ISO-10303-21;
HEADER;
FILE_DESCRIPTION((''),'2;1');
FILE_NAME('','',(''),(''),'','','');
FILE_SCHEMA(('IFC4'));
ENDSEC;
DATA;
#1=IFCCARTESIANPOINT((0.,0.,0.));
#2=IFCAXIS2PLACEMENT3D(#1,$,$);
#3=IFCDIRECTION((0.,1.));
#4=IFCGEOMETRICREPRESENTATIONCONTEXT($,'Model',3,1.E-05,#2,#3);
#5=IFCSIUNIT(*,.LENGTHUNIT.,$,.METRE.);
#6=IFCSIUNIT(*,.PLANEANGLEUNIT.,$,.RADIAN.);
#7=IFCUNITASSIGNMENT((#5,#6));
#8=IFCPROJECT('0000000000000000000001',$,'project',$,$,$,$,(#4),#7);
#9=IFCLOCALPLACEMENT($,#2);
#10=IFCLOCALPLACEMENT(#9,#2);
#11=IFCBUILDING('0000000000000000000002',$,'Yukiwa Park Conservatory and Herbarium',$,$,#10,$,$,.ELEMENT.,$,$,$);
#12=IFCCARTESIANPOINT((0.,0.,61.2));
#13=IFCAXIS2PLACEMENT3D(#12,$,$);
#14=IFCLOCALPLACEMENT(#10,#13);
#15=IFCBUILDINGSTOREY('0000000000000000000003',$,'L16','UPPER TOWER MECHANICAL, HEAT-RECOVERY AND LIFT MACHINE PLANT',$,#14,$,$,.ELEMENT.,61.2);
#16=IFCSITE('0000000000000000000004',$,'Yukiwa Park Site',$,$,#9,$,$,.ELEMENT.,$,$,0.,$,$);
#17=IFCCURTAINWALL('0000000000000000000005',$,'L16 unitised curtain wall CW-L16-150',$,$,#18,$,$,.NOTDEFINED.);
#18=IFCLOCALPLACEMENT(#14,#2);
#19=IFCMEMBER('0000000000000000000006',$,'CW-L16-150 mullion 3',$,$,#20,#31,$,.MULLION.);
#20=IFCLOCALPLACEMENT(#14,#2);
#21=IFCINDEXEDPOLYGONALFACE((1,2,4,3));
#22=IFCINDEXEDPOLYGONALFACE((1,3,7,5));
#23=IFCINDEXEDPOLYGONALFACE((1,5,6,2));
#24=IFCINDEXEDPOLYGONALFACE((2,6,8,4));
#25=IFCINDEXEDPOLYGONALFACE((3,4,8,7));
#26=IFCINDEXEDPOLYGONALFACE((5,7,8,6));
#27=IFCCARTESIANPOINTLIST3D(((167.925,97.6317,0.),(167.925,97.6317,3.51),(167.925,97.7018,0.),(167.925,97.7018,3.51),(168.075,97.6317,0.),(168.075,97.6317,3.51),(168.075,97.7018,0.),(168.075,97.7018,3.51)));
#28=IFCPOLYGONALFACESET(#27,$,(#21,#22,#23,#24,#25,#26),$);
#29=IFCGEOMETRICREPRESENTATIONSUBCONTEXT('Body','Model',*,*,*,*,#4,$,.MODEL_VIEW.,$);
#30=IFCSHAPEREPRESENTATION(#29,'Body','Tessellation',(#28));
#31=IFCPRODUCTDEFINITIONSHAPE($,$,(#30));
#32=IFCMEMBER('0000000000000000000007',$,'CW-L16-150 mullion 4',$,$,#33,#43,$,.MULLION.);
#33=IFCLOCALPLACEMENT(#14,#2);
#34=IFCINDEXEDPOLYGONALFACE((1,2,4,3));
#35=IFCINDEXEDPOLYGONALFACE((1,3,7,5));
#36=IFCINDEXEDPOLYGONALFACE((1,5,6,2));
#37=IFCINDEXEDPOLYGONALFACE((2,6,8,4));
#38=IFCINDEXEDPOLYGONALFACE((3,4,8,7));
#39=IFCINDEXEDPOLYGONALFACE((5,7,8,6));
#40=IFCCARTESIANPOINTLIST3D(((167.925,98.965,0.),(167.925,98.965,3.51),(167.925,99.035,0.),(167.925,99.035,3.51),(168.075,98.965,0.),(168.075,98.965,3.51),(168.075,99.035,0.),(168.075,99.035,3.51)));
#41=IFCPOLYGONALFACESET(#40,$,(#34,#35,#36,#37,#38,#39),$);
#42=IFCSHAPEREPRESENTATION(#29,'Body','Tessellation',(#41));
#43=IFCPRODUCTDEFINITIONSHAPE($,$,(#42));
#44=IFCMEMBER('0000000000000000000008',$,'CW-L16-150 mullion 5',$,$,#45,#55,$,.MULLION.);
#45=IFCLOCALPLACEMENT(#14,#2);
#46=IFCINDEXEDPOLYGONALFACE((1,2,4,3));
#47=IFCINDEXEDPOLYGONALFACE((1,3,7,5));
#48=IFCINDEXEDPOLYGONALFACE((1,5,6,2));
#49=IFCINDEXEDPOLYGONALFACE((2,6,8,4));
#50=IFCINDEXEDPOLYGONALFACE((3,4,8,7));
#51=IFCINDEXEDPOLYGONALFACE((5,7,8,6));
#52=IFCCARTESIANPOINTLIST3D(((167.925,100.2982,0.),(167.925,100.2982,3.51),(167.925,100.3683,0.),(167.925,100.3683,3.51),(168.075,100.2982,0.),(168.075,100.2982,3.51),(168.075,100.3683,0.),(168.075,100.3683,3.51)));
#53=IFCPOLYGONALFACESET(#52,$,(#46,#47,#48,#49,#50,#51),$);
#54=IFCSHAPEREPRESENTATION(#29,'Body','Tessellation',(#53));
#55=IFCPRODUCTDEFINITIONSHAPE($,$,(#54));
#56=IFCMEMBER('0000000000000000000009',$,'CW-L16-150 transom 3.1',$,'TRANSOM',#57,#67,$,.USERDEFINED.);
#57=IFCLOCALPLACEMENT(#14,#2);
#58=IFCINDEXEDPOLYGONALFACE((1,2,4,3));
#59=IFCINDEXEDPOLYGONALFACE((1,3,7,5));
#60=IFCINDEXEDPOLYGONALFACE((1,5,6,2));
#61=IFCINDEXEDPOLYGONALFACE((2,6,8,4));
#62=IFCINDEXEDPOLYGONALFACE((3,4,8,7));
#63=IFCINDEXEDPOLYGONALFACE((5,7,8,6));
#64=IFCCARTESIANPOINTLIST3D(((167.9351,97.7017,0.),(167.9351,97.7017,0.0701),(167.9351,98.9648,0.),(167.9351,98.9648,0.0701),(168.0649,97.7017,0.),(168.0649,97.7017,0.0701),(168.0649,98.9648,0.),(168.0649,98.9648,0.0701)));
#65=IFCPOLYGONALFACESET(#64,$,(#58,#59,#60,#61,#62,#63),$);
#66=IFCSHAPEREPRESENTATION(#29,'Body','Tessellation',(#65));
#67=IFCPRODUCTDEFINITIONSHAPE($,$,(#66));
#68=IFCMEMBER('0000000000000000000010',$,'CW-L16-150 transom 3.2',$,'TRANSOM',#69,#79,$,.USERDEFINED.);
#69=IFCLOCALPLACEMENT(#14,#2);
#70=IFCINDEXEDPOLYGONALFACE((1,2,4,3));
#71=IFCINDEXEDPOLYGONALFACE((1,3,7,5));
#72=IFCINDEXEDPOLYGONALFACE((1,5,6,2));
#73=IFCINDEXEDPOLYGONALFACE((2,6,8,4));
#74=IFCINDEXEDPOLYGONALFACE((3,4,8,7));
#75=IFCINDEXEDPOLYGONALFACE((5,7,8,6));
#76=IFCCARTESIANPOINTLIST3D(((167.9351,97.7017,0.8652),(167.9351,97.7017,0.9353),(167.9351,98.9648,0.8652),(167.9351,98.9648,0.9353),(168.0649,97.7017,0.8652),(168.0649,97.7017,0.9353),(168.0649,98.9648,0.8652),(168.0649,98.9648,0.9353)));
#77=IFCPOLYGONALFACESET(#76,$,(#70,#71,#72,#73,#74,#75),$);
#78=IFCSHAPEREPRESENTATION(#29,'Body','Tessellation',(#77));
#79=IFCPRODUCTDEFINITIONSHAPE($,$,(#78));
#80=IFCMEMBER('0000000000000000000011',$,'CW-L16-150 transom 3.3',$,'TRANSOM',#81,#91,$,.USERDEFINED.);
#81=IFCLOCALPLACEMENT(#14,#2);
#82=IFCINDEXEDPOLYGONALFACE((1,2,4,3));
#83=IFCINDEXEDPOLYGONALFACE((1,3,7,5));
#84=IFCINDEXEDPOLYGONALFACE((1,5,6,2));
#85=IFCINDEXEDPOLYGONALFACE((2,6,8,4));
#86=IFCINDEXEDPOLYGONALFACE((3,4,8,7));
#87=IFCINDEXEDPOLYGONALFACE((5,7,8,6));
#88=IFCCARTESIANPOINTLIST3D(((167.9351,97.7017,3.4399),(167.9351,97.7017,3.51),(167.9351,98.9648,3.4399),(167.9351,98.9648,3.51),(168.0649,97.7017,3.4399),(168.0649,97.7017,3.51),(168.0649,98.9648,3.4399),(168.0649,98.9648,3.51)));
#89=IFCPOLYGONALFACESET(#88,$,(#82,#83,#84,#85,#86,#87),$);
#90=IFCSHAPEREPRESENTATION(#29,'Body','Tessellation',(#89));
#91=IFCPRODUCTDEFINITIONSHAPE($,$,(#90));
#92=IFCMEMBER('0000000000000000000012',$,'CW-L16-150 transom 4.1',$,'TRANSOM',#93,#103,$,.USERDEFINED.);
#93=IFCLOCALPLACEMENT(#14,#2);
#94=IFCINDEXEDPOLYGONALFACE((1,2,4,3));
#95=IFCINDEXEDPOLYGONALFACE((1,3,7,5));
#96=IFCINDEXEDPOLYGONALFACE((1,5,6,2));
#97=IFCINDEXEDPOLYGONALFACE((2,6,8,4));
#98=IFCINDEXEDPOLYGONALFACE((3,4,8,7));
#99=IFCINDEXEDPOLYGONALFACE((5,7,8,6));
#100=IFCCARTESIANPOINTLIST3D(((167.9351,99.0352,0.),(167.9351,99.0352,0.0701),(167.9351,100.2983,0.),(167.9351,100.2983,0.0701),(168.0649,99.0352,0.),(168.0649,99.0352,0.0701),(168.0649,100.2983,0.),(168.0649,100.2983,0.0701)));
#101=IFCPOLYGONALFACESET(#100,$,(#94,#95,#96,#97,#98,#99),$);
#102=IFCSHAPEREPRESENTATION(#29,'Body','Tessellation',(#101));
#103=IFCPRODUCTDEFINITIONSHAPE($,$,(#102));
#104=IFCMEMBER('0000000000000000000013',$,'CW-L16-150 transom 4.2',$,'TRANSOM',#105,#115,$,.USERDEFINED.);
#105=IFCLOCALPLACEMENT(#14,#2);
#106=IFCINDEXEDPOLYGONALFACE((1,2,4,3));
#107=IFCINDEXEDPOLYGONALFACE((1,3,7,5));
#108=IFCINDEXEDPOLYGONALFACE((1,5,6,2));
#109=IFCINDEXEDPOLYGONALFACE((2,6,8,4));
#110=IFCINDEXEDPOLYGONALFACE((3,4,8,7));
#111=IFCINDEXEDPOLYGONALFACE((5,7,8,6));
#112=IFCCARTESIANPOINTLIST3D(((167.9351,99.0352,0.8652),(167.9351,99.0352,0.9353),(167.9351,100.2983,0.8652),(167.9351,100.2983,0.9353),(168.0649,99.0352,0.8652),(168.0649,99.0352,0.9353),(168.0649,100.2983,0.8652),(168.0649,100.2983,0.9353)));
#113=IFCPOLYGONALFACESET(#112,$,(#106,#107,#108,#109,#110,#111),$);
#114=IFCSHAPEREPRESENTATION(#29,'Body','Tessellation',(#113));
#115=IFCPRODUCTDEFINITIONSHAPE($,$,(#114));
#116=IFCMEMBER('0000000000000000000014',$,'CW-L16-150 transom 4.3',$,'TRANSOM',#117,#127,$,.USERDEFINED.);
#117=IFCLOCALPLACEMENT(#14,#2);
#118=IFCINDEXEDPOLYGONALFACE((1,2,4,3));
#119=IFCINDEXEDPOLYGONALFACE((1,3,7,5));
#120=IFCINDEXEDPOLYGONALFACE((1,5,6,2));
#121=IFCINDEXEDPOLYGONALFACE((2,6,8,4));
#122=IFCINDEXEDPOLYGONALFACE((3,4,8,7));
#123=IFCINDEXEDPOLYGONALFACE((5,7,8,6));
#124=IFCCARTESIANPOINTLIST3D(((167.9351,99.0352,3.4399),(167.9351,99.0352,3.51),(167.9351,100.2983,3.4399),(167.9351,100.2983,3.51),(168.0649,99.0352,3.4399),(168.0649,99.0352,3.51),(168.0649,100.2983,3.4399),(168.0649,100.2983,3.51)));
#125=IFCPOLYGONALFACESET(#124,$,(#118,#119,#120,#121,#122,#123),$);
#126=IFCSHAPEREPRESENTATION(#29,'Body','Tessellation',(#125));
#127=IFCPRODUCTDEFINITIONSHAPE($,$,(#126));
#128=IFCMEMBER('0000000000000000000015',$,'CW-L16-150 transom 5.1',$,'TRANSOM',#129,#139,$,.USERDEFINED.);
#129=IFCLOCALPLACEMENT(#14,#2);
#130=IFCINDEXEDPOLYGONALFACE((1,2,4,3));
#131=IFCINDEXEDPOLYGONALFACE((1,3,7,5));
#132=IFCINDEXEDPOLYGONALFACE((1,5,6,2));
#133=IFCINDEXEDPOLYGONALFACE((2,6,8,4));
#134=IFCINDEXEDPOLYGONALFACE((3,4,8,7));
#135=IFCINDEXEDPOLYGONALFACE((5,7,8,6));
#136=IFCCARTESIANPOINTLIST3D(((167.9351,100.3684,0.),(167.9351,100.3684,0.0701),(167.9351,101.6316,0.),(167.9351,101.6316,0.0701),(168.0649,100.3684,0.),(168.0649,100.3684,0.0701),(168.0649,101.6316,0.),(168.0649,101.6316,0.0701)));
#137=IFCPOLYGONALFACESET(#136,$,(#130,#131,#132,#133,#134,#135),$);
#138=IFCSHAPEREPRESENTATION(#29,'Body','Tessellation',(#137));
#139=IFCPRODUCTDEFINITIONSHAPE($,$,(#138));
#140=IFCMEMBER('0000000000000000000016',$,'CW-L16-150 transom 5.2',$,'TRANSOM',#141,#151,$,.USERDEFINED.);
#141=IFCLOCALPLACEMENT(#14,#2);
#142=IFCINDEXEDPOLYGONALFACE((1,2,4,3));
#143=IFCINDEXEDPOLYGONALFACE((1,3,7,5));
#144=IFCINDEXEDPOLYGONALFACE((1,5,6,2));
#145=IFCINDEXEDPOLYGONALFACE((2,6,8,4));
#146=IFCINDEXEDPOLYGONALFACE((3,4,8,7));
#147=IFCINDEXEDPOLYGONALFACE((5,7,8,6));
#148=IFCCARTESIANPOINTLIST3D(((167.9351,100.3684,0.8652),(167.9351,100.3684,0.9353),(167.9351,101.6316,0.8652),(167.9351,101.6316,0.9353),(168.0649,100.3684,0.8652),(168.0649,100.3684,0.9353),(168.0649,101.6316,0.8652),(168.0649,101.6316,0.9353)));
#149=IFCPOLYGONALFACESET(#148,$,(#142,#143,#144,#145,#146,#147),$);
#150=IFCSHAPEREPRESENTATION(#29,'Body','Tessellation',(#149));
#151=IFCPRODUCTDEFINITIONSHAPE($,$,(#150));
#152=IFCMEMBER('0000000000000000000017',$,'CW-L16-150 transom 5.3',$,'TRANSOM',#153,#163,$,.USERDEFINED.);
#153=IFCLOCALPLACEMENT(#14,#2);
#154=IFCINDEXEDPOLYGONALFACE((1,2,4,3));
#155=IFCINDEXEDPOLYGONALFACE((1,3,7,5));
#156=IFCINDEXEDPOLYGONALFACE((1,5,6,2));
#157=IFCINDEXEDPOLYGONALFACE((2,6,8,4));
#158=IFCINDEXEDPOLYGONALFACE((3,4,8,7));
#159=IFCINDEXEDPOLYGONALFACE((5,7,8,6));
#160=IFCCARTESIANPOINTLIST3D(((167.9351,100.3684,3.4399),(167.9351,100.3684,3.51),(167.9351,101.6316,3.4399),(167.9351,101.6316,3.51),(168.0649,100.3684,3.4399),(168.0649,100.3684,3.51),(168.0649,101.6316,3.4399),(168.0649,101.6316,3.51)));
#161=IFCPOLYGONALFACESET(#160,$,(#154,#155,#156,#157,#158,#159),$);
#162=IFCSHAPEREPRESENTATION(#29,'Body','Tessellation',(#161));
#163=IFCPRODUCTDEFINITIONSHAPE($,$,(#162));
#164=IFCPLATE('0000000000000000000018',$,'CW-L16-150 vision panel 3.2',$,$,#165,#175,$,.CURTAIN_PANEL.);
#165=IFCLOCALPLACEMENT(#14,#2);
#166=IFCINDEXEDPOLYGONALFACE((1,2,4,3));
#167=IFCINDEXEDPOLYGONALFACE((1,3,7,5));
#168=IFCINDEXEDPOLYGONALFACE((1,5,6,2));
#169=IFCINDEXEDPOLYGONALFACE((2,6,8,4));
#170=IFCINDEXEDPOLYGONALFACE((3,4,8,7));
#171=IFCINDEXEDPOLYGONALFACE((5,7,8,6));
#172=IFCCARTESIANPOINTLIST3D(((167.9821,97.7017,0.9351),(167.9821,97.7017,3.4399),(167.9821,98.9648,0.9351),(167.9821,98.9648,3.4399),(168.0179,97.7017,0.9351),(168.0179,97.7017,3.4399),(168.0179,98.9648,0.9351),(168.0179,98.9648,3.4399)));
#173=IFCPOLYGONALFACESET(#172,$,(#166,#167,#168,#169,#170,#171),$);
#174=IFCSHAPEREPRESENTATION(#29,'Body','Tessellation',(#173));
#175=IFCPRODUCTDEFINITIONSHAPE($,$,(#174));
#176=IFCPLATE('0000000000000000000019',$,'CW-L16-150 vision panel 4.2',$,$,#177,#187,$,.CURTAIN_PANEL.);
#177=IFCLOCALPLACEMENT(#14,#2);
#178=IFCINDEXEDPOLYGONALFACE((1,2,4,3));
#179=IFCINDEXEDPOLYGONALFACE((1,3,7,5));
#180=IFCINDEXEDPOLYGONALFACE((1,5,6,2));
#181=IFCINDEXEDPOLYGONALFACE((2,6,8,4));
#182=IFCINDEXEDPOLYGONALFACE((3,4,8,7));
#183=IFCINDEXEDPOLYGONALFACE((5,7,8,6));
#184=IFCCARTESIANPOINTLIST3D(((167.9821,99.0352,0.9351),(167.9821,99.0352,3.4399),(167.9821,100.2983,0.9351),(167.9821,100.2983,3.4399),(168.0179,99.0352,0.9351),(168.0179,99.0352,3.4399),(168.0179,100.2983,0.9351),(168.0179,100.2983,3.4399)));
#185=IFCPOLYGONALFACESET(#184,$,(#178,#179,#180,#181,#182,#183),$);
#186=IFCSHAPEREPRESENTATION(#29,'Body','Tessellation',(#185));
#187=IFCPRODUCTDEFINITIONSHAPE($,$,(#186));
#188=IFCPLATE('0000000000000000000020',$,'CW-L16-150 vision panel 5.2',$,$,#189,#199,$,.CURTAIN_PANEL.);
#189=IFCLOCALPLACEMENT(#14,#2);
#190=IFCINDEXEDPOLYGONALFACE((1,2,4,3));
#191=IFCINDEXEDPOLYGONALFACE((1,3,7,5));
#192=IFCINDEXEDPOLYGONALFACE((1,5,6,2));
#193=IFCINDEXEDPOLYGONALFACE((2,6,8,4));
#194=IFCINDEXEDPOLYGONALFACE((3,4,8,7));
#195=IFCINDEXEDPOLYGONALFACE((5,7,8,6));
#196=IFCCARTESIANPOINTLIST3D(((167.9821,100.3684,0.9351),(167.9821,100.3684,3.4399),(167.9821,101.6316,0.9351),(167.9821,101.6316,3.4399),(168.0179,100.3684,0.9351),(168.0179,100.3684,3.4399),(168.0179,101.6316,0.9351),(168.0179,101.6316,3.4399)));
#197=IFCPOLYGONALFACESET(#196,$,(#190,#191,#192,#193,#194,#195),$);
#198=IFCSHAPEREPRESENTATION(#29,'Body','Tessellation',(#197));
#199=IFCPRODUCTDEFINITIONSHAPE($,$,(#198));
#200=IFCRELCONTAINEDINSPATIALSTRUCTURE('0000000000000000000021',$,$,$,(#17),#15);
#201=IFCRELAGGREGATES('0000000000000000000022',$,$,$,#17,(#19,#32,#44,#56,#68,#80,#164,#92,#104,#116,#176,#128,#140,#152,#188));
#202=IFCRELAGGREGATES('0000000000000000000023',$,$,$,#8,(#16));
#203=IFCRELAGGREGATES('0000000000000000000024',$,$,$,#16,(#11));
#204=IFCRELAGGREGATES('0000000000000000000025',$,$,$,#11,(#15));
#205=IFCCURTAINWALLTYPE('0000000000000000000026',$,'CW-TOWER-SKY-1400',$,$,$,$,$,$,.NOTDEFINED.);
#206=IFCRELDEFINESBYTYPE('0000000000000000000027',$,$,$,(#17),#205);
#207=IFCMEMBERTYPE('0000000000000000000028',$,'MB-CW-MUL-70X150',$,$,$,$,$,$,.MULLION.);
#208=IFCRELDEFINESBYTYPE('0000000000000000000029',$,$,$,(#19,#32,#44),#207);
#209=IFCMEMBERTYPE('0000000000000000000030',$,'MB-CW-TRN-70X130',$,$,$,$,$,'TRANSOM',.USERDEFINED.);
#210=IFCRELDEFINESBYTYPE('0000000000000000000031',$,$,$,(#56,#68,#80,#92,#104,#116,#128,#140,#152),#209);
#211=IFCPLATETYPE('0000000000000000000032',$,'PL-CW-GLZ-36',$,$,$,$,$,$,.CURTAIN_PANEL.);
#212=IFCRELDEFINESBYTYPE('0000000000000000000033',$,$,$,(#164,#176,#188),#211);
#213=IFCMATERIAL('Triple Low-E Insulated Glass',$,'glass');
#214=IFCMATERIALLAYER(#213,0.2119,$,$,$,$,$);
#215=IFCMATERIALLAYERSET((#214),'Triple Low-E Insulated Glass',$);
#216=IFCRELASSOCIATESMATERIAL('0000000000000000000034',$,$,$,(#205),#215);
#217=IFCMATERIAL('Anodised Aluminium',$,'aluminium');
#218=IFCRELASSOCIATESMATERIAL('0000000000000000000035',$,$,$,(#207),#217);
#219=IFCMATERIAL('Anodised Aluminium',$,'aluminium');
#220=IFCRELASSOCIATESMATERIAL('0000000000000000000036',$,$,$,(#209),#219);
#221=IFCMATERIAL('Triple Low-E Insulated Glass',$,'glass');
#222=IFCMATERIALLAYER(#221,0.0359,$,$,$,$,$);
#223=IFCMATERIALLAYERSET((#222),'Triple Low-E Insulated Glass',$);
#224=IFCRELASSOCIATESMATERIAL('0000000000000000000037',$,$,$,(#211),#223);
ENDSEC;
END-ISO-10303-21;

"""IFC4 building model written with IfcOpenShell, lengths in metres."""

from ifc_helpers import new_model, si_unit, direction, frame, origin, origin_2d, place, context, subcontext, project, spatial, rectangle, extrude, material, layer, layer_set, type_object, element, aggregate, save


model = new_model("IFC4")

# Units and contexts
model_context = context("Model", 3, precision=1e-05, world=origin(), true_north=direction((0.0, 1.0)))
body_context = subcontext(model_context, "Body", "Model", "MODEL_VIEW")
ifc_project = project(units=[si_unit("LENGTHUNIT", "METRE"), si_unit("PLANEANGLEUNIT", "RADIAN")], contexts=[model_context])

# Site, building, storey
site_placement = place(None, origin())
site = spatial("IfcSite", under=ifc_project, at=site_placement, Name="Yukiwa Park Site", CompositionType="ELEMENT", RefElevation=0.0)
building_placement = place(site_placement, origin())
building = spatial("IfcBuilding", under=site, at=building_placement, Name="Yukiwa Park Conservatory and Herbarium", CompositionType="ELEMENT")
storey_placement = place(building_placement, frame((0.0, 0.0, 61.2)))
storey = spatial("IfcBuildingStorey", under=building, at=storey_placement, Name="L16", Description="UPPER TOWER MECHANICAL, HEAT-RECOVERY AND LIFT MACHINE PLANT", CompositionType="ELEMENT", Elevation=61.2)

# Curtain wall, members, plates
ifc_material_1 = material(Name="Triple Low-E Insulated Glass", Category="glass")
ifc_layer_1 = layer(ifc_material_1, 0.2119)
ifc_layer_set_1 = layer_set([ifc_layer_1], Name="Triple Low-E Insulated Glass")
curtain_wall_type = type_object("IfcCurtainWallType", Name="CW-TOWER-SKY-1400", PredefinedType="NOTDEFINED", material=ifc_layer_set_1)
curtain_wall_placement = place(storey_placement, origin())
curtain_wall = element("IfcCurtainWall", 1, at=curtain_wall_placement, inside=storey, type_object=curtain_wall_type, Name="L16 unitised curtain wall CW-L16-150", PredefinedType="NOTDEFINED")
ifc_material_2 = material(Name="Anodised Aluminium", Category="aluminium")
member_type_1 = type_object("IfcMemberType", Name="MB-CW-MUL-70X150", PredefinedType="MULLION", material=ifc_material_2)
member_1_placement = place(storey_placement, frame((168.0, 97.6667, 0.0), z_axis=(0.0, 0.0, 1.0), x_axis=(0.0, 1.0, 0.0)))
member_1 = element("IfcMember", 2, at=member_1_placement, type_object=member_type_1, Name="CW-L16-150 mullion 3", PredefinedType="MULLION", context=body_context, shape_type="SweptSolid", body=[
    extrude(rectangle(XDim=0.0701, YDim=0.1499, at=origin_2d()), origin(), (0.0, 0.0, 1.0), 3.51),
])
member_2_placement = place(storey_placement, frame((168.0, 99.0, 0.0), z_axis=(0.0, 0.0, 1.0), x_axis=(0.0, 1.0, 0.0)))
member_2 = element("IfcMember", 3, at=member_2_placement, type_object=member_type_1, Name="CW-L16-150 mullion 4", PredefinedType="MULLION", context=body_context, shape_type="SweptSolid", body=[
    extrude(rectangle(XDim=0.0701, YDim=0.1499, at=origin_2d()), origin(), (0.0, 0.0, 1.0), 3.51),
])
member_3_placement = place(storey_placement, frame((168.0, 100.3333, 0.0), z_axis=(0.0, 0.0, 1.0), x_axis=(0.0, 1.0, 0.0)))
member_3 = element("IfcMember", 4, at=member_3_placement, type_object=member_type_1, Name="CW-L16-150 mullion 5", PredefinedType="MULLION", context=body_context, shape_type="SweptSolid", body=[
    extrude(rectangle(XDim=0.0701, YDim=0.1499, at=origin_2d()), origin(), (0.0, 0.0, 1.0), 3.51),
])
ifc_material_3 = material(Name="Anodised Aluminium", Category="aluminium")
member_type_2 = type_object("IfcMemberType", Name="MB-CW-TRN-70X130", ElementType="TRANSOM", PredefinedType="USERDEFINED", material=ifc_material_3)
member_4_placement = place(storey_placement, frame((168.0, 98.3333, 0.0), z_axis=(0.0, 0.0, 1.0), x_axis=(0.0, 1.0, 0.0)))
member_4 = element("IfcMember", 5, at=member_4_placement, type_object=member_type_2, Name="CW-L16-150 transom 3.1", ObjectType="TRANSOM", PredefinedType="USERDEFINED", context=body_context, shape_type="SweptSolid", body=[
    extrude(rectangle(XDim=1.2632, YDim=0.1299, at=origin_2d()), origin(), (0.0, 0.0, 1.0), 0.0701),
])
member_5_placement = place(storey_placement, frame((168.0, 98.3333, 0.8652), z_axis=(0.0, 0.0, 1.0), x_axis=(0.0, 1.0, 0.0)))
member_5 = element("IfcMember", 6, at=member_5_placement, type_object=member_type_2, Name="CW-L16-150 transom 3.2", ObjectType="TRANSOM", PredefinedType="USERDEFINED", context=body_context, shape_type="SweptSolid", body=[
    extrude(rectangle(XDim=1.2632, YDim=0.1299, at=origin_2d()), origin(), (0.0, 0.0, 1.0), 0.0701),
])
member_6_placement = place(storey_placement, frame((168.0, 98.3333, 3.4399), z_axis=(0.0, 0.0, 1.0), x_axis=(0.0, 1.0, 0.0)))
member_6 = element("IfcMember", 7, at=member_6_placement, type_object=member_type_2, Name="CW-L16-150 transom 3.3", ObjectType="TRANSOM", PredefinedType="USERDEFINED", context=body_context, shape_type="SweptSolid", body=[
    extrude(rectangle(XDim=1.2632, YDim=0.1299, at=origin_2d()), origin(), (0.0, 0.0, 1.0), 0.0701),
])
member_7_placement = place(storey_placement, frame((168.0, 99.6667, 0.0), z_axis=(0.0, 0.0, 1.0), x_axis=(0.0, 1.0, 0.0)))
member_7 = element("IfcMember", 8, at=member_7_placement, type_object=member_type_2, Name="CW-L16-150 transom 4.1", ObjectType="TRANSOM", PredefinedType="USERDEFINED", context=body_context, shape_type="SweptSolid", body=[
    extrude(rectangle(XDim=1.2632, YDim=0.1299, at=origin_2d()), origin(), (0.0, 0.0, 1.0), 0.0701),
])
member_8_placement = place(storey_placement, frame((168.0, 99.6667, 0.8652), z_axis=(0.0, 0.0, 1.0), x_axis=(0.0, 1.0, 0.0)))
member_8 = element("IfcMember", 9, at=member_8_placement, type_object=member_type_2, Name="CW-L16-150 transom 4.2", ObjectType="TRANSOM", PredefinedType="USERDEFINED", context=body_context, shape_type="SweptSolid", body=[
    extrude(rectangle(XDim=1.2632, YDim=0.1299, at=origin_2d()), origin(), (0.0, 0.0, 1.0), 0.0701),
])
member_9_placement = place(storey_placement, frame((168.0, 99.6667, 3.4399), z_axis=(0.0, 0.0, 1.0), x_axis=(0.0, 1.0, 0.0)))
member_9 = element("IfcMember", 10, at=member_9_placement, type_object=member_type_2, Name="CW-L16-150 transom 4.3", ObjectType="TRANSOM", PredefinedType="USERDEFINED", context=body_context, shape_type="SweptSolid", body=[
    extrude(rectangle(XDim=1.2632, YDim=0.1299, at=origin_2d()), origin(), (0.0, 0.0, 1.0), 0.0701),
])
member_10_placement = place(storey_placement, frame((168.0, 101.0, 0.0), z_axis=(0.0, 0.0, 1.0), x_axis=(0.0, 1.0, 0.0)))
member_10 = element("IfcMember", 11, at=member_10_placement, type_object=member_type_2, Name="CW-L16-150 transom 5.1", ObjectType="TRANSOM", PredefinedType="USERDEFINED", context=body_context, shape_type="SweptSolid", body=[
    extrude(rectangle(XDim=1.2632, YDim=0.1299, at=origin_2d()), origin(), (0.0, 0.0, 1.0), 0.0701),
])
member_11_placement = place(storey_placement, frame((168.0, 101.0, 0.8652), z_axis=(0.0, 0.0, 1.0), x_axis=(0.0, 1.0, 0.0)))
member_11 = element("IfcMember", 12, at=member_11_placement, type_object=member_type_2, Name="CW-L16-150 transom 5.2", ObjectType="TRANSOM", PredefinedType="USERDEFINED", context=body_context, shape_type="SweptSolid", body=[
    extrude(rectangle(XDim=1.2632, YDim=0.1299, at=origin_2d()), origin(), (0.0, 0.0, 1.0), 0.0701),
])
member_12_placement = place(storey_placement, frame((168.0, 101.0, 3.4399), z_axis=(0.0, 0.0, 1.0), x_axis=(0.0, 1.0, 0.0)))
member_12 = element("IfcMember", 13, at=member_12_placement, type_object=member_type_2, Name="CW-L16-150 transom 5.3", ObjectType="TRANSOM", PredefinedType="USERDEFINED", context=body_context, shape_type="SweptSolid", body=[
    extrude(rectangle(XDim=1.2632, YDim=0.1299, at=origin_2d()), origin(), (0.0, 0.0, 1.0), 0.0701),
])
ifc_material_4 = material(Name="Triple Low-E Insulated Glass", Category="glass")
ifc_layer_2 = layer(ifc_material_4, 0.0359)
ifc_layer_set_2 = layer_set([ifc_layer_2], Name="Triple Low-E Insulated Glass")
plate_type_1 = type_object("IfcPlateType", Name="PL-CW-GLZ-36", PredefinedType="CURTAIN_PANEL", material=ifc_layer_set_2)
plate_1_placement = place(storey_placement, frame((168.0, 98.3333, 0.9351), z_axis=(0.0, 0.0, 1.0), x_axis=(0.0, 1.0, 0.0)))
plate_1 = element("IfcPlate", 14, at=plate_1_placement, type_object=plate_type_1, Name="CW-L16-150 vision panel 3.2", PredefinedType="CURTAIN_PANEL", context=body_context, shape_type="SweptSolid", body=[
    extrude(rectangle(XDim=1.2632, YDim=0.0359, at=origin_2d()), origin(), (0.0, 0.0, 1.0), 2.5049),
])
plate_2_placement = place(storey_placement, frame((168.0, 99.6667, 0.9351), z_axis=(0.0, 0.0, 1.0), x_axis=(0.0, 1.0, 0.0)))
plate_2 = element("IfcPlate", 15, at=plate_2_placement, type_object=plate_type_1, Name="CW-L16-150 vision panel 4.2", PredefinedType="CURTAIN_PANEL", context=body_context, shape_type="SweptSolid", body=[
    extrude(rectangle(XDim=1.2632, YDim=0.0359, at=origin_2d()), origin(), (0.0, 0.0, 1.0), 2.5049),
])
plate_3_placement = place(storey_placement, frame((168.0, 101.0, 0.9351), z_axis=(0.0, 0.0, 1.0), x_axis=(0.0, 1.0, 0.0)))
plate_3 = element("IfcPlate", 16, at=plate_3_placement, type_object=plate_type_1, Name="CW-L16-150 vision panel 5.2", PredefinedType="CURTAIN_PANEL", context=body_context, shape_type="SweptSolid", body=[
    extrude(rectangle(XDim=1.2632, YDim=0.0359, at=origin_2d()), origin(), (0.0, 0.0, 1.0), 2.5049),
])
aggregate(curtain_wall, [member_1, member_2, member_3, member_4, member_5, member_6, plate_1, member_7, member_8, member_9, plate_2, member_10, member_11, member_12, plate_3])

save(model, "model.ifc")
